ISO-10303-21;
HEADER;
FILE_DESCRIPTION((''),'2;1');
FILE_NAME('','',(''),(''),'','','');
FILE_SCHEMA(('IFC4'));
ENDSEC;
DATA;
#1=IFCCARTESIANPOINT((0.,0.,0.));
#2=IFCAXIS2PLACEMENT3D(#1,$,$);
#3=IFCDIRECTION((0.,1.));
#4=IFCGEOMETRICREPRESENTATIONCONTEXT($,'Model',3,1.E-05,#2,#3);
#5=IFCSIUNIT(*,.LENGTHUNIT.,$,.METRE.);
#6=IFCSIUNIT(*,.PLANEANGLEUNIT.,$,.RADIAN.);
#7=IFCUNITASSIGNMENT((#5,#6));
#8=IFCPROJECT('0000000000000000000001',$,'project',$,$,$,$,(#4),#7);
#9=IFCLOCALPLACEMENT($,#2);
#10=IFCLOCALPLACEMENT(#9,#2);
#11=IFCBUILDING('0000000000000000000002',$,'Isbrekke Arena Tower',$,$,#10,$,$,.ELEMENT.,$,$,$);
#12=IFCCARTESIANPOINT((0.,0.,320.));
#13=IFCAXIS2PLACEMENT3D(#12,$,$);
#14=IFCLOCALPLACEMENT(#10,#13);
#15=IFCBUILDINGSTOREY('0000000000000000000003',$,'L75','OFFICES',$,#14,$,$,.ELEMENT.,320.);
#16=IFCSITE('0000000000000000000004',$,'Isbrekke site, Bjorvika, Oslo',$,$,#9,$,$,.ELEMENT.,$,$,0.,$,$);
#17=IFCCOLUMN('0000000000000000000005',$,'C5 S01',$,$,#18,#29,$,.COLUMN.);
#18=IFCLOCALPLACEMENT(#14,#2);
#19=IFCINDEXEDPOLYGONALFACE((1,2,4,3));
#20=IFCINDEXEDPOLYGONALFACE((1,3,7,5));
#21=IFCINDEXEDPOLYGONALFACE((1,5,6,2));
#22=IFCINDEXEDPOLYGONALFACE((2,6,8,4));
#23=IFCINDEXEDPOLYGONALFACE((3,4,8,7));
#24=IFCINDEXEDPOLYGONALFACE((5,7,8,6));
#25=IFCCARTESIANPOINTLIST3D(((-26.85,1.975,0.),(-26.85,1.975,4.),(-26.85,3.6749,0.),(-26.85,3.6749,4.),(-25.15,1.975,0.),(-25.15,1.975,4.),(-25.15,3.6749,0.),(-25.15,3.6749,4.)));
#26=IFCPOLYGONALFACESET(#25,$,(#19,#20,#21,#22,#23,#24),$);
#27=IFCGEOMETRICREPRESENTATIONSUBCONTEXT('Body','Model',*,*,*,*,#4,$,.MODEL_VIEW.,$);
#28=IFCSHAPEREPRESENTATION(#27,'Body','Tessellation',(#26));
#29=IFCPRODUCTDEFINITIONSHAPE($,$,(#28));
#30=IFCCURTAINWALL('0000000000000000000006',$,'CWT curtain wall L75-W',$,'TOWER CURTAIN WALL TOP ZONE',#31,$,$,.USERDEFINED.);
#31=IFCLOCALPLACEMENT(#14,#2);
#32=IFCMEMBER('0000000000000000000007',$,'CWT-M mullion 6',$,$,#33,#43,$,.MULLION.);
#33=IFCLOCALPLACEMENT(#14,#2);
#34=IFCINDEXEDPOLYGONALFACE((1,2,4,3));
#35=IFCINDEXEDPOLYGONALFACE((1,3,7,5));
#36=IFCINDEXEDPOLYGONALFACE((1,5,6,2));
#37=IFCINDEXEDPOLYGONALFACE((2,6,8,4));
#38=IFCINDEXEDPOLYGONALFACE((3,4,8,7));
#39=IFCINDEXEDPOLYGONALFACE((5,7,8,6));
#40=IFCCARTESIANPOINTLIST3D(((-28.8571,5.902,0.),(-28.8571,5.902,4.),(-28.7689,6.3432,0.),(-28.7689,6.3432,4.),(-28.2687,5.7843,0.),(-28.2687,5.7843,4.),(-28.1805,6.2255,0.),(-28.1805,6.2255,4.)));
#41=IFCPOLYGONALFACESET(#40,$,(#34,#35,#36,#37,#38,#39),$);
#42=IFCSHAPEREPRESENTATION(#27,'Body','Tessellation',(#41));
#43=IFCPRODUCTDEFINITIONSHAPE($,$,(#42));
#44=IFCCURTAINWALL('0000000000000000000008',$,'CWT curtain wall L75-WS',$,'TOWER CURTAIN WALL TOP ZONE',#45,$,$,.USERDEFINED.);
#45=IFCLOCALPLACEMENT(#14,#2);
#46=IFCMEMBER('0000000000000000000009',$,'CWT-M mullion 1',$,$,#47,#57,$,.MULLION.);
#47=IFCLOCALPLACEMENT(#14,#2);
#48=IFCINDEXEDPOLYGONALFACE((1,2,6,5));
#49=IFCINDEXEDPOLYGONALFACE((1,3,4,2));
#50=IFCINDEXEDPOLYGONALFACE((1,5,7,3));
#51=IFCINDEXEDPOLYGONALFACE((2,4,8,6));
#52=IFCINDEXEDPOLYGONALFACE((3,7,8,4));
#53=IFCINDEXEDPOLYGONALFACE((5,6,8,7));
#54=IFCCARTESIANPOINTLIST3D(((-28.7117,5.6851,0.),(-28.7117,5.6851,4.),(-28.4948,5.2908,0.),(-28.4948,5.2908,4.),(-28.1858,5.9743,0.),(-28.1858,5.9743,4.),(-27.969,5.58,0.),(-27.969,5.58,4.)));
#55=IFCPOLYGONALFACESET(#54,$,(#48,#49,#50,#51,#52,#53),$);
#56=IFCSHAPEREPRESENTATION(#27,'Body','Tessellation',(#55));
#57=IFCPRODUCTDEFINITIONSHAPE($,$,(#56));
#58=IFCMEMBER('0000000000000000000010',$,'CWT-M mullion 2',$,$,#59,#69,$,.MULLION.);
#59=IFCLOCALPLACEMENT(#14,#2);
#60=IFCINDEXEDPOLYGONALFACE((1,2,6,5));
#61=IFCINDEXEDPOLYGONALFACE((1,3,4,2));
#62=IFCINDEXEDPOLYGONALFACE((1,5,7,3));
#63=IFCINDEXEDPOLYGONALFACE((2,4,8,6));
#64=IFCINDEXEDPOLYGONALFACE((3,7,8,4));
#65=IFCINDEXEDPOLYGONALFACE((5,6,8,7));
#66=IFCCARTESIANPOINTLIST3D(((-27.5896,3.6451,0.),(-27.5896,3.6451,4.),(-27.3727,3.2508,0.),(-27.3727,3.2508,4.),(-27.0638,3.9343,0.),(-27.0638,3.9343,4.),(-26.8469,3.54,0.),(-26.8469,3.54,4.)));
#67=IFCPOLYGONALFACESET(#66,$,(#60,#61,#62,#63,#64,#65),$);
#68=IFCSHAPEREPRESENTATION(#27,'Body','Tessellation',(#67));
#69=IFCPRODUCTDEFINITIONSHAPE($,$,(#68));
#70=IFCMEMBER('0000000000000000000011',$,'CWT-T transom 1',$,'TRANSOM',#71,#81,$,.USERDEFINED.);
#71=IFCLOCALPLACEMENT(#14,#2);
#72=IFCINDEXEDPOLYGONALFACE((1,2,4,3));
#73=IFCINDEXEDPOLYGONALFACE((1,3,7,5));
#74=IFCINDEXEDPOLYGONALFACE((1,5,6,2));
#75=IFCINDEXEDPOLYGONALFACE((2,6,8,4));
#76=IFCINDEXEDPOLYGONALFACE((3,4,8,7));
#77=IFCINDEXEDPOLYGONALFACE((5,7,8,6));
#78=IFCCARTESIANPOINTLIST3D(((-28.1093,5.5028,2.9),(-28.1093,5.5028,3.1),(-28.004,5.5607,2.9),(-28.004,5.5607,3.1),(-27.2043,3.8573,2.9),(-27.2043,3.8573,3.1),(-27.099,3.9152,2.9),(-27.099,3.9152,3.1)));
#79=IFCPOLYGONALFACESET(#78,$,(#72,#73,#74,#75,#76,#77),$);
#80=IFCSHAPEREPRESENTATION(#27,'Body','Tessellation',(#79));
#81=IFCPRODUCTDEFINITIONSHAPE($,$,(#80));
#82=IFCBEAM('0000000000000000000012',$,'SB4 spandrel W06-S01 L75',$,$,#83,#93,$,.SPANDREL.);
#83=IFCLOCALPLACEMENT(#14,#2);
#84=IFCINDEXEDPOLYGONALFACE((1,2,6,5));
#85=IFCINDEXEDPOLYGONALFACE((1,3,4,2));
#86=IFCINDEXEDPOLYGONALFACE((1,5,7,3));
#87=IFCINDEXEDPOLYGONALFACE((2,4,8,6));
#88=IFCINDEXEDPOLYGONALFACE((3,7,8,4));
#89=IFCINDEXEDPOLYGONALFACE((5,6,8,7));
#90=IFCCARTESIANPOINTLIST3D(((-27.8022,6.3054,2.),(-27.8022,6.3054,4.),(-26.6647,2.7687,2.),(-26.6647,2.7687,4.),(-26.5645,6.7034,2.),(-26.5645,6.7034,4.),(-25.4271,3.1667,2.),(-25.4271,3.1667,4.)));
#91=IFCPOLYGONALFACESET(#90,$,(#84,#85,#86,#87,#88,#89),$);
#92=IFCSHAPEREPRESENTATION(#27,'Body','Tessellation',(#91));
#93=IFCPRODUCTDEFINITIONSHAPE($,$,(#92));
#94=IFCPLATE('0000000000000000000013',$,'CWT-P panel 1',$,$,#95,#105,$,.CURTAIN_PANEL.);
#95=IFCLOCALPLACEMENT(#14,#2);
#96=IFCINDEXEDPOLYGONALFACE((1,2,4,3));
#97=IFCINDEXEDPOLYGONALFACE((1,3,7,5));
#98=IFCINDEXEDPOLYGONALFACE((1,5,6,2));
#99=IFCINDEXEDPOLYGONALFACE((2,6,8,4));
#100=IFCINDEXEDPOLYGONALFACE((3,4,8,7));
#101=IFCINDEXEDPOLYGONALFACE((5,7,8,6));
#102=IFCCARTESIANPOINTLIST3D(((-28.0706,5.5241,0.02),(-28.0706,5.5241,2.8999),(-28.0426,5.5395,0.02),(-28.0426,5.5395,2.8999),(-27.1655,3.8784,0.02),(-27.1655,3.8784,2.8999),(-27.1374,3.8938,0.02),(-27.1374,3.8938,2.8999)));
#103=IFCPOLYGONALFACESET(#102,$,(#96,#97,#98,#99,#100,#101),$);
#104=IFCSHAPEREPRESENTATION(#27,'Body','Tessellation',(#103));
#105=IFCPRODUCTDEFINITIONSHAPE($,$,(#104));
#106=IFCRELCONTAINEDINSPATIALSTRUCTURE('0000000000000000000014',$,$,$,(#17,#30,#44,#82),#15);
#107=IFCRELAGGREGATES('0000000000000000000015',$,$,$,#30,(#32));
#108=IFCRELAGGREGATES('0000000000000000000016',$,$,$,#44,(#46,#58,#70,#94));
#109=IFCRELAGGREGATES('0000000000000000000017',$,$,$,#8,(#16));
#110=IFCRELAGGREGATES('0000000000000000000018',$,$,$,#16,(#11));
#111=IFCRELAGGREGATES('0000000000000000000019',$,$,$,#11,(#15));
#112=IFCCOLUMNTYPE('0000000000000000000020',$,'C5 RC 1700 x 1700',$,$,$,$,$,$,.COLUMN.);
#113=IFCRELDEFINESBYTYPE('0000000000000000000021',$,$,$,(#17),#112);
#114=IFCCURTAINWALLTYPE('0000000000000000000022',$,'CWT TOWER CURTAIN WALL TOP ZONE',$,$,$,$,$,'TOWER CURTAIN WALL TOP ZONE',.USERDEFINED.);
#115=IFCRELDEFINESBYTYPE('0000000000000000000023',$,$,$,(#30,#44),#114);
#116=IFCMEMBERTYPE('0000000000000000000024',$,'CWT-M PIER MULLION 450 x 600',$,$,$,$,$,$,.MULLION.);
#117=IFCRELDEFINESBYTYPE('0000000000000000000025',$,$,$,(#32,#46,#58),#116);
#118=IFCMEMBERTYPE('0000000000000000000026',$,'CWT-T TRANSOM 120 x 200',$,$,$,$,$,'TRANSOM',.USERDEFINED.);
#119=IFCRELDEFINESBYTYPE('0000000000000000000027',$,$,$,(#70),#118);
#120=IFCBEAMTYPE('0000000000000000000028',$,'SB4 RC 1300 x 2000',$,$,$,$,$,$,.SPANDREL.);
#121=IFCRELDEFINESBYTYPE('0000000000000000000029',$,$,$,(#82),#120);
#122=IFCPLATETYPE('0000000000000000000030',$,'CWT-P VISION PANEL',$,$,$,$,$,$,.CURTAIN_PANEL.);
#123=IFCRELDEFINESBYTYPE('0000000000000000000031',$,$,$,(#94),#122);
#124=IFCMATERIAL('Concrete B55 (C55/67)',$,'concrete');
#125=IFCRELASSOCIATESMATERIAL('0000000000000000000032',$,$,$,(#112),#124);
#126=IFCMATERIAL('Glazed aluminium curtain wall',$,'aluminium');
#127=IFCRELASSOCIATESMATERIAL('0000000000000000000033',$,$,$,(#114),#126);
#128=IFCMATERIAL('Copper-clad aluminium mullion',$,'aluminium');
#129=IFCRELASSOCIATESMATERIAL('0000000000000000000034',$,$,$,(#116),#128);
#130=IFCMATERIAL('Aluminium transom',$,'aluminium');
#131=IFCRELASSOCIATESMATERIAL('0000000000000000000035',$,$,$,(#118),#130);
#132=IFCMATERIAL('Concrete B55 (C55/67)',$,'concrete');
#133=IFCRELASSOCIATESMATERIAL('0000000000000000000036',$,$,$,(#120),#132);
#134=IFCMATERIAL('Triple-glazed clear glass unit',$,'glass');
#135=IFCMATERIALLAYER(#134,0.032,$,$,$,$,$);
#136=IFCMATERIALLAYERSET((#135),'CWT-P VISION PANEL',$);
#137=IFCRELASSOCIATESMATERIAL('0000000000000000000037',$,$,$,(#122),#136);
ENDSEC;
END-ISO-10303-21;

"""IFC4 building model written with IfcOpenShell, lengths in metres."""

from ifc_helpers import new_model, si_unit, direction, frame, origin, origin_2d, place, context, subcontext, project, spatial, rectangle, extrude, material, layer, layer_set, material_profile, profile_set, type_object, element, aggregate, save


model = new_model("IFC4")

# Units and contexts
model_context = context("Model", 3, precision=1e-05, world=origin(), true_north=direction((0.0, 1.0)))
body_context = subcontext(model_context, "Body", "Model", "MODEL_VIEW")
ifc_project = project(units=[si_unit("LENGTHUNIT", "METRE"), si_unit("PLANEANGLEUNIT", "RADIAN")], contexts=[model_context])

# Site, building, storey
site_placement = place(None, origin())
site = spatial("IfcSite", under=ifc_project, at=site_placement, Name="Isbrekke site, Bjorvika, Oslo", CompositionType="ELEMENT", RefElevation=0.0)
building_placement = place(site_placement, origin())
building = spatial("IfcBuilding", under=site, at=building_placement, Name="Isbrekke Arena Tower", CompositionType="ELEMENT")
storey_placement = place(building_placement, frame((0.0, 0.0, 320.0)))
storey = spatial("IfcBuildingStorey", under=building, at=storey_placement, Name="L75", Description="OFFICES", CompositionType="ELEMENT", Elevation=320.0)

# Column
ifc_material_1 = material(Name="Concrete B55 (C55/67)", Category="concrete")
ifc_material_profile_1 = material_profile(ifc_material_1, rectangle(XDim=1.7, YDim=1.7, at=origin_2d()), Name="RC 1700x1700")
ifc_profile_set_1 = profile_set([ifc_material_profile_1], Name="Concrete B55 (C55/67)")
column_type = type_object("IfcColumnType", Name="C5 RC 1700 x 1700", PredefinedType="COLUMN", material=ifc_profile_set_1)
column_placement = place(storey_placement, frame((-26.0, 2.825, 0.0), z_axis=(0.0, 0.0, 1.0), x_axis=(1.0, 0.0, 0.0)))
element("IfcColumn", 1, at=column_placement, inside=storey, type_object=column_type, Name="C5 S01", PredefinedType="COLUMN", context=body_context, shape_type="SweptSolid", body=[
    extrude(rectangle(XDim=1.7, YDim=1.7, at=origin_2d()), origin(), (0.0, 0.0, 1.0), 4.0),
])

# Curtain wall, member
ifc_material_2 = material(Name="Glazed aluminium curtain wall", Category="aluminium")
curtain_wall_type = type_object("IfcCurtainWallType", Name="CWT TOWER CURTAIN WALL TOP ZONE", ElementType="TOWER CURTAIN WALL TOP ZONE", PredefinedType="USERDEFINED", material=ifc_material_2)
curtain_wall_1_placement = place(storey_placement, origin())
curtain_wall_1 = element("IfcCurtainWall", 2, at=curtain_wall_1_placement, inside=storey, type_object=curtain_wall_type, Name="CWT curtain wall L75-W", ObjectType="TOWER CURTAIN WALL TOP ZONE", PredefinedType="USERDEFINED")
ifc_material_3 = material(Name="Copper-clad aluminium mullion", Category="aluminium")
ifc_material_profile_2 = material_profile(ifc_material_3, rectangle(XDim=0.45, YDim=0.6001, at=origin_2d()), Name="PIER 450X600")
ifc_profile_set_2 = profile_set([ifc_material_profile_2], Name="Copper-clad aluminium mullion")
member_type_1 = type_object("IfcMemberType", Name="CWT-M PIER MULLION 450 x 600", PredefinedType="MULLION", material=ifc_profile_set_2)
member_1_placement = place(storey_placement, frame((-28.5188, 6.0637, 0.0), z_axis=(0.0, 0.0, 1.0), x_axis=(-0.196116, -0.980581, 0.0)))
member_1 = element("IfcMember", 3, at=member_1_placement, type_object=member_type_1, Name="CWT-M mullion 6", PredefinedType="MULLION", context=body_context, shape_type="SweptSolid", body=[
    extrude(rectangle(XDim=0.45, YDim=0.6001, at=origin_2d()), origin(), (0.0, 0.0, 1.0), 4.0),
])
aggregate(curtain_wall_1, [member_1])

# Curtain wall, members
curtain_wall_2_placement = place(storey_placement, origin())
curtain_wall_2 = element("IfcCurtainWall", 4, at=curtain_wall_2_placement, inside=storey, type_object=curtain_wall_type, Name="CWT curtain wall L75-WS", ObjectType="TOWER CURTAIN WALL TOP ZONE", PredefinedType="USERDEFINED")
member_2_placement = place(storey_placement, frame((-28.3403, 5.6326, 0.0), z_axis=(0.0, 0.0, 1.0), x_axis=(0.481919, -0.876216, 0.0)))
member_2 = element("IfcMember", 5, at=member_2_placement, type_object=member_type_1, Name="CWT-M mullion 1", PredefinedType="MULLION", context=body_context, shape_type="SweptSolid", body=[
    extrude(rectangle(XDim=0.45, YDim=0.6001, at=origin_2d()), origin(), (0.0, 0.0, 1.0), 4.0),
])
member_3_placement = place(storey_placement, frame((-27.2183, 3.5925, 0.0), z_axis=(0.0, 0.0, 1.0), x_axis=(0.481919, -0.876216, 0.0)))
member_3 = element("IfcMember", 6, at=member_3_placement, type_object=member_type_1, Name="CWT-M mullion 2", PredefinedType="MULLION", context=body_context, shape_type="SweptSolid", body=[
    extrude(rectangle(XDim=0.45, YDim=0.6001, at=origin_2d()), origin(), (0.0, 0.0, 1.0), 4.0),
])
ifc_material_4 = material(Name="Aluminium transom", Category="aluminium")
ifc_material_profile_3 = material_profile(ifc_material_4, rectangle(XDim=0.1201, YDim=0.2, at=origin_2d()), Name="TRANSOM 120X200")
ifc_profile_set_3 = profile_set([ifc_material_profile_3], Name="Aluminium transom")
member_type_2 = type_object("IfcMemberType", Name="CWT-T TRANSOM 120 x 200", ElementType="TRANSOM", PredefinedType="USERDEFINED", material=ifc_profile_set_3)
member_4_placement = place(storey_placement, frame((-28.0566, 5.5317, 3.0), z_axis=(0.481919, -0.876216, 0.0), x_axis=(0.876216, 0.481919, 0.0)))
member_4 = element("IfcMember", 7, at=member_4_placement, type_object=member_type_2, Name="CWT-T transom 1", ObjectType="TRANSOM", PredefinedType="USERDEFINED", context=body_context, shape_type="SweptSolid", body=[
    extrude(rectangle(XDim=0.1201, YDim=0.2, at=origin_2d()), origin(), (0.0, 0.0, 1.0), 1.8779),
])

# Beam
ifc_material_5 = material(Name="Concrete B55 (C55/67)", Category="concrete")
ifc_material_profile_4 = material_profile(ifc_material_5, rectangle(XDim=1.3, YDim=2.0, at=origin_2d()), Name="RC 1300x2000")
ifc_profile_set_4 = profile_set([ifc_material_profile_4], Name="Concrete B55 (C55/67)")
beam_type = type_object("IfcBeamType", Name="SB4 RC 1300 x 2000", PredefinedType="SPANDREL", material=ifc_profile_set_4)
beam_placement = place(storey_placement, frame((-27.1833, 6.5044, 3.0), z_axis=(0.306175, -0.951975, 0.0), x_axis=(0.951975, 0.306175, 0.0)))
element("IfcBeam", 8, at=beam_placement, inside=storey, type_object=beam_type, Name="SB4 spandrel W06-S01 L75", PredefinedType="SPANDREL", context=body_context, shape_type="SweptSolid", body=[
    extrude(rectangle(XDim=1.3, YDim=2.0, at=origin_2d()), origin(), (0.0, 0.0, 1.0), 3.7151),
])

# Plate
ifc_material_6 = material(Name="Triple-glazed clear glass unit", Category="glass")
ifc_layer_1 = layer(ifc_material_6, 0.032)
ifc_layer_set_1 = layer_set([ifc_layer_1], Name="CWT-P VISION PANEL")
plate_type = type_object("IfcPlateType", Name="CWT-P VISION PANEL", PredefinedType="CURTAIN_PANEL", material=ifc_layer_set_1)
plate_placement = place(storey_placement, frame((-27.604, 4.709, 0.02), z_axis=(0.0, 0.0, 1.0), x_axis=(0.481919, -0.876216, 0.0)))
plate = element("IfcPlate", 9, at=plate_placement, type_object=plate_type, Name="CWT-P panel 1", PredefinedType="CURTAIN_PANEL", context=body_context, shape_type="SweptSolid", body=[
    extrude(rectangle(XDim=1.8782, YDim=0.032, at=origin_2d()), origin(), (0.0, 0.0, 1.0), 2.8799),
])
aggregate(curtain_wall_2, [member_2, member_3, member_4, plate])

save(model, "model.ifc")
